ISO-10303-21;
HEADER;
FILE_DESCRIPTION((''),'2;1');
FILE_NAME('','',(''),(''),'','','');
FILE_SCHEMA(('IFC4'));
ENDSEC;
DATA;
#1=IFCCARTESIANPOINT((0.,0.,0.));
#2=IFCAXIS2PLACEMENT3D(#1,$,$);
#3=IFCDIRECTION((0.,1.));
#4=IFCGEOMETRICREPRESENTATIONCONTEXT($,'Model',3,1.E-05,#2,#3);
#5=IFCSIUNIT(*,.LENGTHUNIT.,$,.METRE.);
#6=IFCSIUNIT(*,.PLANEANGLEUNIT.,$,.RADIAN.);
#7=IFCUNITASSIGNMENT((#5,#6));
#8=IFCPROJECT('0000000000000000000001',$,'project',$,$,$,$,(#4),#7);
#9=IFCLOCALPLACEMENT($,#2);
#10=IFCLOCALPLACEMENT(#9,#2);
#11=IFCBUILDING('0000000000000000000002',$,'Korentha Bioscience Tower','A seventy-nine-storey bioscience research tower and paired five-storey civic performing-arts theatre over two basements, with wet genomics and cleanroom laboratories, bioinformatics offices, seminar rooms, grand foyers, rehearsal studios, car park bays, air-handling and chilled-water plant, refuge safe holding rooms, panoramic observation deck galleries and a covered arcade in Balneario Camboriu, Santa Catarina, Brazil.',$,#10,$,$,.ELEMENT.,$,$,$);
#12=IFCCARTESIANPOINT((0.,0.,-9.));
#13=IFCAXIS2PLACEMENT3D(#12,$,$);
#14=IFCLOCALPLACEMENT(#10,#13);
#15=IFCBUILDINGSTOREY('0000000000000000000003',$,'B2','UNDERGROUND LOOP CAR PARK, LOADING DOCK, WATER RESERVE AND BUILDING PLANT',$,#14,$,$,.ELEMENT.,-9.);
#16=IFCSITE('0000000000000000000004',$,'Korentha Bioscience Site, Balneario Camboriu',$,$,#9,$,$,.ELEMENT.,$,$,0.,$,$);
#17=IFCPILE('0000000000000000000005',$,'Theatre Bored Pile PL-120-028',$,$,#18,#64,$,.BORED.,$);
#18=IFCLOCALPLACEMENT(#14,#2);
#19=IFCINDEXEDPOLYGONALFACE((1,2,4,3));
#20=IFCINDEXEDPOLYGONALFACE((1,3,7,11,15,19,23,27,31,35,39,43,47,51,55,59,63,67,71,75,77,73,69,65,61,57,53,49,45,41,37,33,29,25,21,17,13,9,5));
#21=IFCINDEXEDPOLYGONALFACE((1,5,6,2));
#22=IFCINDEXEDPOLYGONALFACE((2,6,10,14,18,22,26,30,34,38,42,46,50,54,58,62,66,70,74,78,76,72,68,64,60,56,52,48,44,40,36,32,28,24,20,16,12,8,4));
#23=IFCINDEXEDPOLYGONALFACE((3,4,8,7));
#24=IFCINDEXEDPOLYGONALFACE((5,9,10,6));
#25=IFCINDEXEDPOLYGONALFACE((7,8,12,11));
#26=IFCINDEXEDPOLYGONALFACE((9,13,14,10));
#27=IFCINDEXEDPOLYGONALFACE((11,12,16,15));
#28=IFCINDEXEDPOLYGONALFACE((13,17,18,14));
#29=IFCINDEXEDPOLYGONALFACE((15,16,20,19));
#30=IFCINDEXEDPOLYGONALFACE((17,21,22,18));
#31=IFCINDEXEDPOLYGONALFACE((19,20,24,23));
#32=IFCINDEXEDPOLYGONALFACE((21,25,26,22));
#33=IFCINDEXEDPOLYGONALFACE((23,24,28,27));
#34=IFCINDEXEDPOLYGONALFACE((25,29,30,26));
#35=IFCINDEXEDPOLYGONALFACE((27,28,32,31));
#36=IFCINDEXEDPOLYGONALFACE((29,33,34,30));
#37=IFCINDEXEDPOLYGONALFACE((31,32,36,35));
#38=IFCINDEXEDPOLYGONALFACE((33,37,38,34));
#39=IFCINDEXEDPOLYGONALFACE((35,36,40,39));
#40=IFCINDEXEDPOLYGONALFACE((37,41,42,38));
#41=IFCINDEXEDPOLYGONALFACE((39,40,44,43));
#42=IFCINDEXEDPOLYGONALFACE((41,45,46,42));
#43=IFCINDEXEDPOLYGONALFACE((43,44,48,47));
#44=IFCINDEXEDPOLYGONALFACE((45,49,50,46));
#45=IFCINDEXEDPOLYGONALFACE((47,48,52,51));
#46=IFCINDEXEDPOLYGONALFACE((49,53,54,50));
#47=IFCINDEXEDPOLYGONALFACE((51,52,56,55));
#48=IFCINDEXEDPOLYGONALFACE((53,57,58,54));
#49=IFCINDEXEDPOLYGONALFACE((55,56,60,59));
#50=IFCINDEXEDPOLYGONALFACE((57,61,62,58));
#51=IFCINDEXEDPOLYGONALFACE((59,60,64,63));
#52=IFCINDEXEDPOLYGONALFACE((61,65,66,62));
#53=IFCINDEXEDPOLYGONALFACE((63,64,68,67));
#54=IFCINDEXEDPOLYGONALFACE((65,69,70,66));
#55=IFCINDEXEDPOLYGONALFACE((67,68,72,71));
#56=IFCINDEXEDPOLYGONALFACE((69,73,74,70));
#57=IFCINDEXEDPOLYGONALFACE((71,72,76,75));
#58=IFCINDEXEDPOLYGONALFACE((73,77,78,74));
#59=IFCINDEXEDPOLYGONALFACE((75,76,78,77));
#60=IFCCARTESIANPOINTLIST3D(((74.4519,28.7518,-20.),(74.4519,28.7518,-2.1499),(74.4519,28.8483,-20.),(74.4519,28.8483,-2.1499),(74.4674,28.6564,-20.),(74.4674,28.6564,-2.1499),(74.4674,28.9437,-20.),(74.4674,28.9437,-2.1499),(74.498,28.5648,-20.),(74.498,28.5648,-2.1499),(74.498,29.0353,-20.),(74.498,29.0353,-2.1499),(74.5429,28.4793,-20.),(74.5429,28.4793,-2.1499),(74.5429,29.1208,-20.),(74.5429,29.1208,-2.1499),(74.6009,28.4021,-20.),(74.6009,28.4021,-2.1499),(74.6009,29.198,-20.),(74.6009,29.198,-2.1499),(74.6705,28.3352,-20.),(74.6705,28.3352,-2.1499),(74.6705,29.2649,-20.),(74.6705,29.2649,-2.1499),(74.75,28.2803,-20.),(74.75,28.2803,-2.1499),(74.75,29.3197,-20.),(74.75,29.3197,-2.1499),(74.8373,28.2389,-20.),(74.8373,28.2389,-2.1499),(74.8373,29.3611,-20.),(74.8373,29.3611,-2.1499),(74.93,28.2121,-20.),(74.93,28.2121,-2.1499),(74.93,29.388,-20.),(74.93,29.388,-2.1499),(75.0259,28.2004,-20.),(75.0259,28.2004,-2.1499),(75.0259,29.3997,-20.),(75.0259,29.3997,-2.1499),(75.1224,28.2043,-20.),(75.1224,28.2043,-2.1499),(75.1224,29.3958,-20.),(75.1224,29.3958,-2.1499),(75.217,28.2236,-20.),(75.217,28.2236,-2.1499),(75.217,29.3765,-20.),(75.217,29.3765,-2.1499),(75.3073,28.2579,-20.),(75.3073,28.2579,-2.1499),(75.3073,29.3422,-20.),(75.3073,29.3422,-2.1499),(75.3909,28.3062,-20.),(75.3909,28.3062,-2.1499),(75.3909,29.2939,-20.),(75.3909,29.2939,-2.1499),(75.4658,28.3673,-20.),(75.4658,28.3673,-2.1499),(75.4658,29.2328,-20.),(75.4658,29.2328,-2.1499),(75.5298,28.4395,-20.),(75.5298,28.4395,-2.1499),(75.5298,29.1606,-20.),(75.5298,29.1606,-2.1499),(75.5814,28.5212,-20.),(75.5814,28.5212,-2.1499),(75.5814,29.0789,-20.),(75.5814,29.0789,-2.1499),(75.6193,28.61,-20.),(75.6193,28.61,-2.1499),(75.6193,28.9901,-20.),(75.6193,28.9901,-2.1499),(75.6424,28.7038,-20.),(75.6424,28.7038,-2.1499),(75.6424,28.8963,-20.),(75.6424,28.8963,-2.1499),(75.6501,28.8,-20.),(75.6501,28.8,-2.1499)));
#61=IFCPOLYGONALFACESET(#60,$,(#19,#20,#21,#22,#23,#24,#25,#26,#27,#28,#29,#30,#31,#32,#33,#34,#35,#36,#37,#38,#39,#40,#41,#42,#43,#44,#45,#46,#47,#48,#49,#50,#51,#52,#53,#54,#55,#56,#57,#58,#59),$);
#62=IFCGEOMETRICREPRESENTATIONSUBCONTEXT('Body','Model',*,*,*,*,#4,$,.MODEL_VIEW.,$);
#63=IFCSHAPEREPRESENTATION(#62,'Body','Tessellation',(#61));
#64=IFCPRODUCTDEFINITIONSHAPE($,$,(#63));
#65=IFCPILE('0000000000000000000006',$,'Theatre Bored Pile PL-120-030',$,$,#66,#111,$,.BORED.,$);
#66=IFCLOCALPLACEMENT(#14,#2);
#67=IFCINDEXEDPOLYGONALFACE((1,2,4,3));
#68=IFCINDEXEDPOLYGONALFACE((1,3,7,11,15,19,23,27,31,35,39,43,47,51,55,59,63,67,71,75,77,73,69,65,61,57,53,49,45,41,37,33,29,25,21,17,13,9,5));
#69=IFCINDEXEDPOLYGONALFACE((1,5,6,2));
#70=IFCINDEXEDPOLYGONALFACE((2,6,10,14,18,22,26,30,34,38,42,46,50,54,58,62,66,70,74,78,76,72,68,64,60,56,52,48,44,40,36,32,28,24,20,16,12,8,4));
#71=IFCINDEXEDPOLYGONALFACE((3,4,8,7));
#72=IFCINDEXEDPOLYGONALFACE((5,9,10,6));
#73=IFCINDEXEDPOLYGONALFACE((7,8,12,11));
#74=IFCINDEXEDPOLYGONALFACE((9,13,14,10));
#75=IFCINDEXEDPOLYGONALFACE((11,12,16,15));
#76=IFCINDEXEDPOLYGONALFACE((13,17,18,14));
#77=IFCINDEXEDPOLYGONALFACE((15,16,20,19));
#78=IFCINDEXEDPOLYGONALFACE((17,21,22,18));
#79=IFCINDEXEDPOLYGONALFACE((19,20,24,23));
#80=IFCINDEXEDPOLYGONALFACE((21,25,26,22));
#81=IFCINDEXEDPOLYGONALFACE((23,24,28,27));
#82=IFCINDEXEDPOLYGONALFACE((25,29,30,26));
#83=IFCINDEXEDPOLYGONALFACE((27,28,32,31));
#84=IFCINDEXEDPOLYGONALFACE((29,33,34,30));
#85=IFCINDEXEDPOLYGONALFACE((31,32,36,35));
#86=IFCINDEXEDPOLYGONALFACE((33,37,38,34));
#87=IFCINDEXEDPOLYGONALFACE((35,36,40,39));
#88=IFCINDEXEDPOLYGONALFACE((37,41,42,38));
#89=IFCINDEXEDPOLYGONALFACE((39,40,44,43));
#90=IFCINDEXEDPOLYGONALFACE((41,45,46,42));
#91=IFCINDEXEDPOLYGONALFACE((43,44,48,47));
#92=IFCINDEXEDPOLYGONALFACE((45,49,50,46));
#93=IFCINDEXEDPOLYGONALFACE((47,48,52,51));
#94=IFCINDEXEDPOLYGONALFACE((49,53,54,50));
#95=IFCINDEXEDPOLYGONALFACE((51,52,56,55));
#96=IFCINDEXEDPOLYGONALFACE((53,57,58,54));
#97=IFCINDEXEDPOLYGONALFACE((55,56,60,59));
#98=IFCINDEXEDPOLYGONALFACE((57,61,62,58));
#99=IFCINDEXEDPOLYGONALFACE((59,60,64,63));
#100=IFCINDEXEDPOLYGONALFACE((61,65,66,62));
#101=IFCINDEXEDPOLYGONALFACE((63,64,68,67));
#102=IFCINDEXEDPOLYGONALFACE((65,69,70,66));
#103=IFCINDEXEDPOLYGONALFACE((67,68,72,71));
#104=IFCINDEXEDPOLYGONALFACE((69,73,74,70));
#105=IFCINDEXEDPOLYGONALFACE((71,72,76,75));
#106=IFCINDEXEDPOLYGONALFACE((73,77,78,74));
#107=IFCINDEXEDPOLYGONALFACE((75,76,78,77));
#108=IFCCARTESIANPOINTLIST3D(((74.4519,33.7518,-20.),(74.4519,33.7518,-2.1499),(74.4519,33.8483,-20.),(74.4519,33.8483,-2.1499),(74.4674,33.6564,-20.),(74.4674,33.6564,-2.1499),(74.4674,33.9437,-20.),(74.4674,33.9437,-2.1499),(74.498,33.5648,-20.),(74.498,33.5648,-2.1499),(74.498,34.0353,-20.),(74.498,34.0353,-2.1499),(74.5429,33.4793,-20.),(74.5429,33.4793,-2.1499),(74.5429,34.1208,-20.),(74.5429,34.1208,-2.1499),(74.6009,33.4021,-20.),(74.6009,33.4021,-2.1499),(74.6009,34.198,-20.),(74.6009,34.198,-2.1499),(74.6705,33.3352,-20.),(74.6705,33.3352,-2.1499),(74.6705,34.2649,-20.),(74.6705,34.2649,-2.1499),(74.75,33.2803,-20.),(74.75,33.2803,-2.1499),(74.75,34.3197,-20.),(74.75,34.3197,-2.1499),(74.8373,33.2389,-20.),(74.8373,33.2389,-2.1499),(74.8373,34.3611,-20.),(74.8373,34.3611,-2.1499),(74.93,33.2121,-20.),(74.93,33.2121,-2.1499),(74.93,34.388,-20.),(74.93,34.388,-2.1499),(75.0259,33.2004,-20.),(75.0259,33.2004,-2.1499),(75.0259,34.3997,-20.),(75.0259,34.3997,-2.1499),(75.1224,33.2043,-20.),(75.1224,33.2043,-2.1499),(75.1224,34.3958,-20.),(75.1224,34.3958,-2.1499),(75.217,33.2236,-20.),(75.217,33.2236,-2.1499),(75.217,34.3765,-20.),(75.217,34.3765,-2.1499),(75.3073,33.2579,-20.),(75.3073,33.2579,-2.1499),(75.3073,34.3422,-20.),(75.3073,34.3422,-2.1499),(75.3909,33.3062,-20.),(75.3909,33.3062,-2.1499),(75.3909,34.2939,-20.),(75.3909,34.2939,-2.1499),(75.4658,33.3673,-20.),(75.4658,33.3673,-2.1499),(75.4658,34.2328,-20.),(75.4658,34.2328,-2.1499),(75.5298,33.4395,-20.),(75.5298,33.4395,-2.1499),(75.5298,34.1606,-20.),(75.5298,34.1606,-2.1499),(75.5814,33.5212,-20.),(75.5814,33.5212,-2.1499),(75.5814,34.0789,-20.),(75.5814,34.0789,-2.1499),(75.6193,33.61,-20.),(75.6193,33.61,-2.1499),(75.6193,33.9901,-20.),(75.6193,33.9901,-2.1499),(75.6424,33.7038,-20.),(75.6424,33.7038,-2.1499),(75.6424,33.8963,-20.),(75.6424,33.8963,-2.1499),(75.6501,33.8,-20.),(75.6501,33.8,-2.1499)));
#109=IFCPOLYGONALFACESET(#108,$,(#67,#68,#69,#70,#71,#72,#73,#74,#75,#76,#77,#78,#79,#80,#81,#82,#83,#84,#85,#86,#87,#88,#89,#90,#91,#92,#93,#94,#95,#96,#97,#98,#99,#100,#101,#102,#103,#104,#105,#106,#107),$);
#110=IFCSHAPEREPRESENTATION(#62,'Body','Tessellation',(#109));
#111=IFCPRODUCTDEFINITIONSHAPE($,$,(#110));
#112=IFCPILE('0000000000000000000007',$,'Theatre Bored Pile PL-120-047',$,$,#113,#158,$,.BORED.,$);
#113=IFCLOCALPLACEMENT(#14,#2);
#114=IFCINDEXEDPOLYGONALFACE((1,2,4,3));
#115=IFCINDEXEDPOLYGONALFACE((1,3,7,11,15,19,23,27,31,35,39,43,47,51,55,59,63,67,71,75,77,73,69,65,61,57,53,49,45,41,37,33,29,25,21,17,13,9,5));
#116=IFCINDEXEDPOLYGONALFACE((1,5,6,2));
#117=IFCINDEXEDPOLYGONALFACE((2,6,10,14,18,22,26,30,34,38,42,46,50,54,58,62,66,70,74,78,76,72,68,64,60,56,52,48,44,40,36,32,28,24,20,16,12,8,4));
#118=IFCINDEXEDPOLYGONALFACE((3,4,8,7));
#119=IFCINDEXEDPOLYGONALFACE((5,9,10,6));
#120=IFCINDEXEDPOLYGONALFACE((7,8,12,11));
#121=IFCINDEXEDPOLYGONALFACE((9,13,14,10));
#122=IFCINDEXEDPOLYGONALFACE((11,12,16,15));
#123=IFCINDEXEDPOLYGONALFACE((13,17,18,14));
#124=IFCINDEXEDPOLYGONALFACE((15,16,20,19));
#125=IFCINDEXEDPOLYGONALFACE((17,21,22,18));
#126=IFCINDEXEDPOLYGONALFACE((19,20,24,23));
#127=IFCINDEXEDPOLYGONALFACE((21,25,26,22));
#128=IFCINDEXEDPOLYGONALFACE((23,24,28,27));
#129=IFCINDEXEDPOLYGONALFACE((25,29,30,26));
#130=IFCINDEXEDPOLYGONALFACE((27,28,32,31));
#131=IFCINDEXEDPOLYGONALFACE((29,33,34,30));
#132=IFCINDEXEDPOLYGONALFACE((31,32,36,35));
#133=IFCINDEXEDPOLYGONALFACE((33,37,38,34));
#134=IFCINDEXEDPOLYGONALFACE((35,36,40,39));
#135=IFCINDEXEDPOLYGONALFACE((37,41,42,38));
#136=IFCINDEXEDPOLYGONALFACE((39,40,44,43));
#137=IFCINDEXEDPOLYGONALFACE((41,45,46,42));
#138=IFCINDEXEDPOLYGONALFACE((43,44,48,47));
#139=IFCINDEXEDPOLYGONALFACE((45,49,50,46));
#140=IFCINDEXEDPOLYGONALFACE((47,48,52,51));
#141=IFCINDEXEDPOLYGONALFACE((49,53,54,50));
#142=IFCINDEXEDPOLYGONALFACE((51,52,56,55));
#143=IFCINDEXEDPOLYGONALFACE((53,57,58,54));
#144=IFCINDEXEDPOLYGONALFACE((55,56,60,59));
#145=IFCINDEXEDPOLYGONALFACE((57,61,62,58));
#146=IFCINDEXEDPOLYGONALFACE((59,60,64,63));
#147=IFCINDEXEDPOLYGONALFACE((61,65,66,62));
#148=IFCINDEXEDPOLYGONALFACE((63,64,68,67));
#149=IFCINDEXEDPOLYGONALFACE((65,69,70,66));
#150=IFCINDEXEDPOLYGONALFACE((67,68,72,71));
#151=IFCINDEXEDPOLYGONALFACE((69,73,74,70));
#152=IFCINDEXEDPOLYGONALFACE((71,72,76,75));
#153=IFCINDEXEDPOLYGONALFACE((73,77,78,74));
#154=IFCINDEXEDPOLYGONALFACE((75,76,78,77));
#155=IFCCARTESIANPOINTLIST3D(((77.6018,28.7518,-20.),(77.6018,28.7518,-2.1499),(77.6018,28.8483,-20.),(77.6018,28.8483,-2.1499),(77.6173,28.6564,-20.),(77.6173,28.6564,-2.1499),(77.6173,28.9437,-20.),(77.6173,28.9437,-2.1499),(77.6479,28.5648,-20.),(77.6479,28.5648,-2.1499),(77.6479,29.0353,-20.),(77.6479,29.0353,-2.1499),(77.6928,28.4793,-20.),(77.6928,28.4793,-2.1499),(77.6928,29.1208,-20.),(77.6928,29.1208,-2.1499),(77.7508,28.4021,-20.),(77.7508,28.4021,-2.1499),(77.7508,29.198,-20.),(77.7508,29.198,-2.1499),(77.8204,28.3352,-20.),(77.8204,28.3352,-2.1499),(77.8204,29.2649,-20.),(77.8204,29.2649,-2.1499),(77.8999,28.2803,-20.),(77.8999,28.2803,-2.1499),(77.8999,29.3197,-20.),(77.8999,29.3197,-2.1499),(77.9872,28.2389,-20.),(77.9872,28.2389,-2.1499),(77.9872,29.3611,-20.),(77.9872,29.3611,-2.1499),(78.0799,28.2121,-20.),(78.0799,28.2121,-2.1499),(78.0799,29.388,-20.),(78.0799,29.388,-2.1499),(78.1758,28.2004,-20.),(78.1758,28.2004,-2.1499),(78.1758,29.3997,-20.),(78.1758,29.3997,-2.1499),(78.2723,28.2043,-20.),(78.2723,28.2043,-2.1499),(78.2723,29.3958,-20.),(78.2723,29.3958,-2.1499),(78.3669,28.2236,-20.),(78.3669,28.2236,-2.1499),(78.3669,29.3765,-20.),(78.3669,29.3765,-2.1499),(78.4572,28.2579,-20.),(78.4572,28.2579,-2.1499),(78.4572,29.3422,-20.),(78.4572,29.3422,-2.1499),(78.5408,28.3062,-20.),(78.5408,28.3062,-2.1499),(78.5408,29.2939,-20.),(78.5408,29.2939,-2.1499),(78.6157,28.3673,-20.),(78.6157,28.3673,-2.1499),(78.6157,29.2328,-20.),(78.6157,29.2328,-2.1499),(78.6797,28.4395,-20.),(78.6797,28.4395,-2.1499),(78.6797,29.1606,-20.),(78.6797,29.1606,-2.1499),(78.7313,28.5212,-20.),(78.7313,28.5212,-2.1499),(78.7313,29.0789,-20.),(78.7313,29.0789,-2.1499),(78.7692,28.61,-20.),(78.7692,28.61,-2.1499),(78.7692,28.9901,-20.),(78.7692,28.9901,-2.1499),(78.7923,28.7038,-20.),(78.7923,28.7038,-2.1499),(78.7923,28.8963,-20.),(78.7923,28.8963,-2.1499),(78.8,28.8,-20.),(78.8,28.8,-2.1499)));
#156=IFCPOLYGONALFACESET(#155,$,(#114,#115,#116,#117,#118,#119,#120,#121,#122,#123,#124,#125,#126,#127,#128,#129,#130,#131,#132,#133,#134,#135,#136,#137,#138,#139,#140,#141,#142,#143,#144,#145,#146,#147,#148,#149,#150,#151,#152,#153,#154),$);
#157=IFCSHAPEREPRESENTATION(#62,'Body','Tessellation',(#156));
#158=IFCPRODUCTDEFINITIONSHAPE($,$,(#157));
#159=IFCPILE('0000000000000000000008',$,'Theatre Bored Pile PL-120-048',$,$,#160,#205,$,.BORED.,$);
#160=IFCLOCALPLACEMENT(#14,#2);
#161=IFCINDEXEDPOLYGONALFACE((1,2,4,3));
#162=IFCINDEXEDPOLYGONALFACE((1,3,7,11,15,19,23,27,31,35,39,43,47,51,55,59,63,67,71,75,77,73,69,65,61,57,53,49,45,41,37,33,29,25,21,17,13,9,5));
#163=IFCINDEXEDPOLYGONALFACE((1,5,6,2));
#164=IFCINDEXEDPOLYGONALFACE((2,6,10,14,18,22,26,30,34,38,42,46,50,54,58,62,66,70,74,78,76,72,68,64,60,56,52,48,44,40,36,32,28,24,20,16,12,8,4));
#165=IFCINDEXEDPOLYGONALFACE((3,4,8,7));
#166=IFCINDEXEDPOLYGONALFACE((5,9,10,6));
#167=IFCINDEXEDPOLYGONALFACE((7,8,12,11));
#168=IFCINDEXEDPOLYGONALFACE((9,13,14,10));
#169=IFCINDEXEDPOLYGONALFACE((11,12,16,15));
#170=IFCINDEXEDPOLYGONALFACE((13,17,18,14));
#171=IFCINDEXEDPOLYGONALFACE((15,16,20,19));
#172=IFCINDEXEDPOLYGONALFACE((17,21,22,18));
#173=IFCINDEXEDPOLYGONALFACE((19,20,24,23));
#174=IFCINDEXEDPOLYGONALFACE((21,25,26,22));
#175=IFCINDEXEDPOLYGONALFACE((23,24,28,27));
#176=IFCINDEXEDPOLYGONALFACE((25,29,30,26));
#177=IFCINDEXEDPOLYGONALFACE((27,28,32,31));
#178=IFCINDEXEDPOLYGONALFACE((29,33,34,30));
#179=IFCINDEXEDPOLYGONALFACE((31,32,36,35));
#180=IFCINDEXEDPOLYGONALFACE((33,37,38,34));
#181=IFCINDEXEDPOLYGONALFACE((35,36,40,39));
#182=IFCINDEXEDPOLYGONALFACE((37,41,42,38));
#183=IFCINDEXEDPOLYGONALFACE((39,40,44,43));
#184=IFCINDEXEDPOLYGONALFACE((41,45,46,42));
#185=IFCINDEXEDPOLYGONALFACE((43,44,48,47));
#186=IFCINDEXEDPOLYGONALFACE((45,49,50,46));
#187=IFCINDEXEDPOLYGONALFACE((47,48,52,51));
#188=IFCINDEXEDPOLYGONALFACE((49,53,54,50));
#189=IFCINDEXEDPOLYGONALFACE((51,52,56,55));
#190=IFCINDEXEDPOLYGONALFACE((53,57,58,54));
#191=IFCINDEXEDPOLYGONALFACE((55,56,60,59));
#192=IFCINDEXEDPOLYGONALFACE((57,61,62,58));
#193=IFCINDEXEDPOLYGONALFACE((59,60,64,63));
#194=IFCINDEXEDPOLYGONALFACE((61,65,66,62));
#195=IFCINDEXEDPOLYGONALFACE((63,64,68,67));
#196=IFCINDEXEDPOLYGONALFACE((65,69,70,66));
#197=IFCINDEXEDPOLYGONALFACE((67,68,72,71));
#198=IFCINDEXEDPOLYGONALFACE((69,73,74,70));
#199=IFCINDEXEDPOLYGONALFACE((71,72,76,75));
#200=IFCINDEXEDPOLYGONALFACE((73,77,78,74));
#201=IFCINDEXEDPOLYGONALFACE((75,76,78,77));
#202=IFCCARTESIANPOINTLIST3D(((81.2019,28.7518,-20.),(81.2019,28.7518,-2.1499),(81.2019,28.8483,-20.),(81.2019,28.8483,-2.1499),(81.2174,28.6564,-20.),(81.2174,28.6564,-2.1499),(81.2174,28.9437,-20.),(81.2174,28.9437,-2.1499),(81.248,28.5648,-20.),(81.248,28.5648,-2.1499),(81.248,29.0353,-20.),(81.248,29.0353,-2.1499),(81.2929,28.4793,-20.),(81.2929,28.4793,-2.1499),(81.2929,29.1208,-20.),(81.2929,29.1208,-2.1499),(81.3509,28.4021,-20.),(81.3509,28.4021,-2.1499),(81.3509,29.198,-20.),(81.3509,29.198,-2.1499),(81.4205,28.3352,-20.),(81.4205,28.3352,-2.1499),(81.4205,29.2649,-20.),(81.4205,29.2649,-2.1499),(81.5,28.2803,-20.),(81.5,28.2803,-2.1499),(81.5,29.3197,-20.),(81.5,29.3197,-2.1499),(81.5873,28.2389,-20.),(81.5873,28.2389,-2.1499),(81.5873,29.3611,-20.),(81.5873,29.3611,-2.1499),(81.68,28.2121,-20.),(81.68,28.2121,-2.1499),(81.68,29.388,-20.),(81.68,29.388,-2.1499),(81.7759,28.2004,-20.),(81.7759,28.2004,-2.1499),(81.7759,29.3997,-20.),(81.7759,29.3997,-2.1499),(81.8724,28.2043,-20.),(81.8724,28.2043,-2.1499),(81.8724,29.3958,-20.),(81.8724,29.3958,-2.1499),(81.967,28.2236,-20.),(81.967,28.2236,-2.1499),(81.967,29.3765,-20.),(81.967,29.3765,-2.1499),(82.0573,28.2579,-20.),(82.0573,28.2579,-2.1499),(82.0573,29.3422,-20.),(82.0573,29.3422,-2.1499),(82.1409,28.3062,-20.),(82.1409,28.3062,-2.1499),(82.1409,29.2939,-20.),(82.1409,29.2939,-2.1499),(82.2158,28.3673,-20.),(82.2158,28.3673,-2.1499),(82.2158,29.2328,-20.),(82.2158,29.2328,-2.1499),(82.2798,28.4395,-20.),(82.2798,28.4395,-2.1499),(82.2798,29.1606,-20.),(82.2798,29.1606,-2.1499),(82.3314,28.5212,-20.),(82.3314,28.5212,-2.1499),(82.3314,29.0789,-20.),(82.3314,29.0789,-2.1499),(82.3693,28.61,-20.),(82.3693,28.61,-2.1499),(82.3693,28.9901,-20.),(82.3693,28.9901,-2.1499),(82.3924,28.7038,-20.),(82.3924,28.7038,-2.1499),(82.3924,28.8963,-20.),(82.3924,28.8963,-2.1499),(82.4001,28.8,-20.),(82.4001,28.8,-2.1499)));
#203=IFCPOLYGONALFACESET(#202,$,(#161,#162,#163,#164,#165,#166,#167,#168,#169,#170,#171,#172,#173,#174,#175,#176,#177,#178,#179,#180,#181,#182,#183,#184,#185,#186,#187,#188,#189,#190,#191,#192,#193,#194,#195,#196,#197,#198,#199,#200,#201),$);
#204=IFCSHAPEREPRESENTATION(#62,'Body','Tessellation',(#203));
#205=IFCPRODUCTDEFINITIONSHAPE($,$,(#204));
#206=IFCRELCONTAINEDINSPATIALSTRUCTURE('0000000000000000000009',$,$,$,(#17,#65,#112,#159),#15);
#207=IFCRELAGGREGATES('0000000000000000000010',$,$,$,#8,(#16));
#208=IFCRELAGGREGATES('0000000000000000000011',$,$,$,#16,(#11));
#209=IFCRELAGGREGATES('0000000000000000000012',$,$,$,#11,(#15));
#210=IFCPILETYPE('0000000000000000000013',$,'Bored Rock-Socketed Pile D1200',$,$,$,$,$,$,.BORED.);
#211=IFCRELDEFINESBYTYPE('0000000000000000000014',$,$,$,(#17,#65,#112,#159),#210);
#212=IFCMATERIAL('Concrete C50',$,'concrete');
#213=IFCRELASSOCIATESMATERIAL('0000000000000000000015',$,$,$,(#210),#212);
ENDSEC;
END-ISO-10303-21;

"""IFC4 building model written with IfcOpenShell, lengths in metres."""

from ifc_helpers import new_model, si_unit, direction, frame, origin, origin_2d, place, context, subcontext, project, spatial, circle, extrude, material, material_profile, profile_set, type_object, element, save


model = new_model("IFC4")

# Units and contexts
model_context = context("Model", 3, precision=1e-05, world=origin(), true_north=direction((0.0, 1.0)))
body_context = subcontext(model_context, "Body", "Model", "MODEL_VIEW")
ifc_project = project(units=[si_unit("LENGTHUNIT", "METRE"), si_unit("PLANEANGLEUNIT", "RADIAN")], contexts=[model_context])

# Site, building, storey
site_placement = place(None, origin())
site = spatial("IfcSite", under=ifc_project, at=site_placement, Name="Korentha Bioscience Site, Balneario Camboriu", CompositionType="ELEMENT", RefElevation=0.0)
building_placement = place(site_placement, origin())
building = spatial("IfcBuilding", under=site, at=building_placement, Name="Korentha Bioscience Tower", Description="A seventy-nine-storey bioscience research tower and paired five-storey civic performing-arts theatre over two basements, with wet genomics and cleanroom laboratories, bioinformatics offices, seminar rooms, grand foyers, rehearsal studios, car park bays, air-handling and chilled-water plant, refuge safe holding rooms, panoramic observation deck galleries and a covered arcade in Balneario Camboriu, Santa Catarina, Brazil.", CompositionType="ELEMENT")
storey_placement = place(building_placement, frame((0.0, 0.0, -9.0)))
storey = spatial("IfcBuildingStorey", under=building, at=storey_placement, Name="B2", Description="UNDERGROUND LOOP CAR PARK, LOADING DOCK, WATER RESERVE AND BUILDING PLANT", CompositionType="ELEMENT", Elevation=-9.0)

# Piles
ifc_material_1 = material(Name="Concrete C50", Category="concrete")
ifc_material_profile_1 = material_profile(ifc_material_1, circle(Radius=0.6001, at=origin_2d()), Name="Concrete C50")
ifc_profile_set_1 = profile_set([ifc_material_profile_1], Name="Concrete C50 (PL-120)")
pile_type = type_object("IfcPileType", Name="Bored Rock-Socketed Pile D1200", PredefinedType="BORED", material=ifc_profile_set_1)
for number, where, z_axis, x_axis, name in (
    (1, (75.05, 28.8, -2.1499), (0.0, 0.0, -1.0), (1.0, 0.0, 0.0), "Theatre Bored Pile PL-120-028"),
    (2, (75.05, 33.8, -2.1499), (0.0, 0.0, -1.0), (1.0, 0.0, 0.0), "Theatre Bored Pile PL-120-030"),
    (3, (78.2, 28.8, -2.1499), (0.0, 0.0, -1.0), (1.0, 0.0, 0.0), "Theatre Bored Pile PL-120-047"),
    (4, (81.8, 28.8, -2.1499), (0.0, 0.0, -1.0), (1.0, 0.0, 0.0), "Theatre Bored Pile PL-120-048"),
):
    element("IfcPile", number, at=place(storey_placement, frame(where, z_axis=z_axis, x_axis=x_axis)), inside=storey, type_object=pile_type, Name=name, PredefinedType="BORED", context=body_context, shape_type="SweptSolid", body=[
        extrude(circle(Radius=0.6001, at=origin_2d()), origin(), (0.0, 0.0, 1.0), 17.8501),
    ])

save(model, "model.ifc")
